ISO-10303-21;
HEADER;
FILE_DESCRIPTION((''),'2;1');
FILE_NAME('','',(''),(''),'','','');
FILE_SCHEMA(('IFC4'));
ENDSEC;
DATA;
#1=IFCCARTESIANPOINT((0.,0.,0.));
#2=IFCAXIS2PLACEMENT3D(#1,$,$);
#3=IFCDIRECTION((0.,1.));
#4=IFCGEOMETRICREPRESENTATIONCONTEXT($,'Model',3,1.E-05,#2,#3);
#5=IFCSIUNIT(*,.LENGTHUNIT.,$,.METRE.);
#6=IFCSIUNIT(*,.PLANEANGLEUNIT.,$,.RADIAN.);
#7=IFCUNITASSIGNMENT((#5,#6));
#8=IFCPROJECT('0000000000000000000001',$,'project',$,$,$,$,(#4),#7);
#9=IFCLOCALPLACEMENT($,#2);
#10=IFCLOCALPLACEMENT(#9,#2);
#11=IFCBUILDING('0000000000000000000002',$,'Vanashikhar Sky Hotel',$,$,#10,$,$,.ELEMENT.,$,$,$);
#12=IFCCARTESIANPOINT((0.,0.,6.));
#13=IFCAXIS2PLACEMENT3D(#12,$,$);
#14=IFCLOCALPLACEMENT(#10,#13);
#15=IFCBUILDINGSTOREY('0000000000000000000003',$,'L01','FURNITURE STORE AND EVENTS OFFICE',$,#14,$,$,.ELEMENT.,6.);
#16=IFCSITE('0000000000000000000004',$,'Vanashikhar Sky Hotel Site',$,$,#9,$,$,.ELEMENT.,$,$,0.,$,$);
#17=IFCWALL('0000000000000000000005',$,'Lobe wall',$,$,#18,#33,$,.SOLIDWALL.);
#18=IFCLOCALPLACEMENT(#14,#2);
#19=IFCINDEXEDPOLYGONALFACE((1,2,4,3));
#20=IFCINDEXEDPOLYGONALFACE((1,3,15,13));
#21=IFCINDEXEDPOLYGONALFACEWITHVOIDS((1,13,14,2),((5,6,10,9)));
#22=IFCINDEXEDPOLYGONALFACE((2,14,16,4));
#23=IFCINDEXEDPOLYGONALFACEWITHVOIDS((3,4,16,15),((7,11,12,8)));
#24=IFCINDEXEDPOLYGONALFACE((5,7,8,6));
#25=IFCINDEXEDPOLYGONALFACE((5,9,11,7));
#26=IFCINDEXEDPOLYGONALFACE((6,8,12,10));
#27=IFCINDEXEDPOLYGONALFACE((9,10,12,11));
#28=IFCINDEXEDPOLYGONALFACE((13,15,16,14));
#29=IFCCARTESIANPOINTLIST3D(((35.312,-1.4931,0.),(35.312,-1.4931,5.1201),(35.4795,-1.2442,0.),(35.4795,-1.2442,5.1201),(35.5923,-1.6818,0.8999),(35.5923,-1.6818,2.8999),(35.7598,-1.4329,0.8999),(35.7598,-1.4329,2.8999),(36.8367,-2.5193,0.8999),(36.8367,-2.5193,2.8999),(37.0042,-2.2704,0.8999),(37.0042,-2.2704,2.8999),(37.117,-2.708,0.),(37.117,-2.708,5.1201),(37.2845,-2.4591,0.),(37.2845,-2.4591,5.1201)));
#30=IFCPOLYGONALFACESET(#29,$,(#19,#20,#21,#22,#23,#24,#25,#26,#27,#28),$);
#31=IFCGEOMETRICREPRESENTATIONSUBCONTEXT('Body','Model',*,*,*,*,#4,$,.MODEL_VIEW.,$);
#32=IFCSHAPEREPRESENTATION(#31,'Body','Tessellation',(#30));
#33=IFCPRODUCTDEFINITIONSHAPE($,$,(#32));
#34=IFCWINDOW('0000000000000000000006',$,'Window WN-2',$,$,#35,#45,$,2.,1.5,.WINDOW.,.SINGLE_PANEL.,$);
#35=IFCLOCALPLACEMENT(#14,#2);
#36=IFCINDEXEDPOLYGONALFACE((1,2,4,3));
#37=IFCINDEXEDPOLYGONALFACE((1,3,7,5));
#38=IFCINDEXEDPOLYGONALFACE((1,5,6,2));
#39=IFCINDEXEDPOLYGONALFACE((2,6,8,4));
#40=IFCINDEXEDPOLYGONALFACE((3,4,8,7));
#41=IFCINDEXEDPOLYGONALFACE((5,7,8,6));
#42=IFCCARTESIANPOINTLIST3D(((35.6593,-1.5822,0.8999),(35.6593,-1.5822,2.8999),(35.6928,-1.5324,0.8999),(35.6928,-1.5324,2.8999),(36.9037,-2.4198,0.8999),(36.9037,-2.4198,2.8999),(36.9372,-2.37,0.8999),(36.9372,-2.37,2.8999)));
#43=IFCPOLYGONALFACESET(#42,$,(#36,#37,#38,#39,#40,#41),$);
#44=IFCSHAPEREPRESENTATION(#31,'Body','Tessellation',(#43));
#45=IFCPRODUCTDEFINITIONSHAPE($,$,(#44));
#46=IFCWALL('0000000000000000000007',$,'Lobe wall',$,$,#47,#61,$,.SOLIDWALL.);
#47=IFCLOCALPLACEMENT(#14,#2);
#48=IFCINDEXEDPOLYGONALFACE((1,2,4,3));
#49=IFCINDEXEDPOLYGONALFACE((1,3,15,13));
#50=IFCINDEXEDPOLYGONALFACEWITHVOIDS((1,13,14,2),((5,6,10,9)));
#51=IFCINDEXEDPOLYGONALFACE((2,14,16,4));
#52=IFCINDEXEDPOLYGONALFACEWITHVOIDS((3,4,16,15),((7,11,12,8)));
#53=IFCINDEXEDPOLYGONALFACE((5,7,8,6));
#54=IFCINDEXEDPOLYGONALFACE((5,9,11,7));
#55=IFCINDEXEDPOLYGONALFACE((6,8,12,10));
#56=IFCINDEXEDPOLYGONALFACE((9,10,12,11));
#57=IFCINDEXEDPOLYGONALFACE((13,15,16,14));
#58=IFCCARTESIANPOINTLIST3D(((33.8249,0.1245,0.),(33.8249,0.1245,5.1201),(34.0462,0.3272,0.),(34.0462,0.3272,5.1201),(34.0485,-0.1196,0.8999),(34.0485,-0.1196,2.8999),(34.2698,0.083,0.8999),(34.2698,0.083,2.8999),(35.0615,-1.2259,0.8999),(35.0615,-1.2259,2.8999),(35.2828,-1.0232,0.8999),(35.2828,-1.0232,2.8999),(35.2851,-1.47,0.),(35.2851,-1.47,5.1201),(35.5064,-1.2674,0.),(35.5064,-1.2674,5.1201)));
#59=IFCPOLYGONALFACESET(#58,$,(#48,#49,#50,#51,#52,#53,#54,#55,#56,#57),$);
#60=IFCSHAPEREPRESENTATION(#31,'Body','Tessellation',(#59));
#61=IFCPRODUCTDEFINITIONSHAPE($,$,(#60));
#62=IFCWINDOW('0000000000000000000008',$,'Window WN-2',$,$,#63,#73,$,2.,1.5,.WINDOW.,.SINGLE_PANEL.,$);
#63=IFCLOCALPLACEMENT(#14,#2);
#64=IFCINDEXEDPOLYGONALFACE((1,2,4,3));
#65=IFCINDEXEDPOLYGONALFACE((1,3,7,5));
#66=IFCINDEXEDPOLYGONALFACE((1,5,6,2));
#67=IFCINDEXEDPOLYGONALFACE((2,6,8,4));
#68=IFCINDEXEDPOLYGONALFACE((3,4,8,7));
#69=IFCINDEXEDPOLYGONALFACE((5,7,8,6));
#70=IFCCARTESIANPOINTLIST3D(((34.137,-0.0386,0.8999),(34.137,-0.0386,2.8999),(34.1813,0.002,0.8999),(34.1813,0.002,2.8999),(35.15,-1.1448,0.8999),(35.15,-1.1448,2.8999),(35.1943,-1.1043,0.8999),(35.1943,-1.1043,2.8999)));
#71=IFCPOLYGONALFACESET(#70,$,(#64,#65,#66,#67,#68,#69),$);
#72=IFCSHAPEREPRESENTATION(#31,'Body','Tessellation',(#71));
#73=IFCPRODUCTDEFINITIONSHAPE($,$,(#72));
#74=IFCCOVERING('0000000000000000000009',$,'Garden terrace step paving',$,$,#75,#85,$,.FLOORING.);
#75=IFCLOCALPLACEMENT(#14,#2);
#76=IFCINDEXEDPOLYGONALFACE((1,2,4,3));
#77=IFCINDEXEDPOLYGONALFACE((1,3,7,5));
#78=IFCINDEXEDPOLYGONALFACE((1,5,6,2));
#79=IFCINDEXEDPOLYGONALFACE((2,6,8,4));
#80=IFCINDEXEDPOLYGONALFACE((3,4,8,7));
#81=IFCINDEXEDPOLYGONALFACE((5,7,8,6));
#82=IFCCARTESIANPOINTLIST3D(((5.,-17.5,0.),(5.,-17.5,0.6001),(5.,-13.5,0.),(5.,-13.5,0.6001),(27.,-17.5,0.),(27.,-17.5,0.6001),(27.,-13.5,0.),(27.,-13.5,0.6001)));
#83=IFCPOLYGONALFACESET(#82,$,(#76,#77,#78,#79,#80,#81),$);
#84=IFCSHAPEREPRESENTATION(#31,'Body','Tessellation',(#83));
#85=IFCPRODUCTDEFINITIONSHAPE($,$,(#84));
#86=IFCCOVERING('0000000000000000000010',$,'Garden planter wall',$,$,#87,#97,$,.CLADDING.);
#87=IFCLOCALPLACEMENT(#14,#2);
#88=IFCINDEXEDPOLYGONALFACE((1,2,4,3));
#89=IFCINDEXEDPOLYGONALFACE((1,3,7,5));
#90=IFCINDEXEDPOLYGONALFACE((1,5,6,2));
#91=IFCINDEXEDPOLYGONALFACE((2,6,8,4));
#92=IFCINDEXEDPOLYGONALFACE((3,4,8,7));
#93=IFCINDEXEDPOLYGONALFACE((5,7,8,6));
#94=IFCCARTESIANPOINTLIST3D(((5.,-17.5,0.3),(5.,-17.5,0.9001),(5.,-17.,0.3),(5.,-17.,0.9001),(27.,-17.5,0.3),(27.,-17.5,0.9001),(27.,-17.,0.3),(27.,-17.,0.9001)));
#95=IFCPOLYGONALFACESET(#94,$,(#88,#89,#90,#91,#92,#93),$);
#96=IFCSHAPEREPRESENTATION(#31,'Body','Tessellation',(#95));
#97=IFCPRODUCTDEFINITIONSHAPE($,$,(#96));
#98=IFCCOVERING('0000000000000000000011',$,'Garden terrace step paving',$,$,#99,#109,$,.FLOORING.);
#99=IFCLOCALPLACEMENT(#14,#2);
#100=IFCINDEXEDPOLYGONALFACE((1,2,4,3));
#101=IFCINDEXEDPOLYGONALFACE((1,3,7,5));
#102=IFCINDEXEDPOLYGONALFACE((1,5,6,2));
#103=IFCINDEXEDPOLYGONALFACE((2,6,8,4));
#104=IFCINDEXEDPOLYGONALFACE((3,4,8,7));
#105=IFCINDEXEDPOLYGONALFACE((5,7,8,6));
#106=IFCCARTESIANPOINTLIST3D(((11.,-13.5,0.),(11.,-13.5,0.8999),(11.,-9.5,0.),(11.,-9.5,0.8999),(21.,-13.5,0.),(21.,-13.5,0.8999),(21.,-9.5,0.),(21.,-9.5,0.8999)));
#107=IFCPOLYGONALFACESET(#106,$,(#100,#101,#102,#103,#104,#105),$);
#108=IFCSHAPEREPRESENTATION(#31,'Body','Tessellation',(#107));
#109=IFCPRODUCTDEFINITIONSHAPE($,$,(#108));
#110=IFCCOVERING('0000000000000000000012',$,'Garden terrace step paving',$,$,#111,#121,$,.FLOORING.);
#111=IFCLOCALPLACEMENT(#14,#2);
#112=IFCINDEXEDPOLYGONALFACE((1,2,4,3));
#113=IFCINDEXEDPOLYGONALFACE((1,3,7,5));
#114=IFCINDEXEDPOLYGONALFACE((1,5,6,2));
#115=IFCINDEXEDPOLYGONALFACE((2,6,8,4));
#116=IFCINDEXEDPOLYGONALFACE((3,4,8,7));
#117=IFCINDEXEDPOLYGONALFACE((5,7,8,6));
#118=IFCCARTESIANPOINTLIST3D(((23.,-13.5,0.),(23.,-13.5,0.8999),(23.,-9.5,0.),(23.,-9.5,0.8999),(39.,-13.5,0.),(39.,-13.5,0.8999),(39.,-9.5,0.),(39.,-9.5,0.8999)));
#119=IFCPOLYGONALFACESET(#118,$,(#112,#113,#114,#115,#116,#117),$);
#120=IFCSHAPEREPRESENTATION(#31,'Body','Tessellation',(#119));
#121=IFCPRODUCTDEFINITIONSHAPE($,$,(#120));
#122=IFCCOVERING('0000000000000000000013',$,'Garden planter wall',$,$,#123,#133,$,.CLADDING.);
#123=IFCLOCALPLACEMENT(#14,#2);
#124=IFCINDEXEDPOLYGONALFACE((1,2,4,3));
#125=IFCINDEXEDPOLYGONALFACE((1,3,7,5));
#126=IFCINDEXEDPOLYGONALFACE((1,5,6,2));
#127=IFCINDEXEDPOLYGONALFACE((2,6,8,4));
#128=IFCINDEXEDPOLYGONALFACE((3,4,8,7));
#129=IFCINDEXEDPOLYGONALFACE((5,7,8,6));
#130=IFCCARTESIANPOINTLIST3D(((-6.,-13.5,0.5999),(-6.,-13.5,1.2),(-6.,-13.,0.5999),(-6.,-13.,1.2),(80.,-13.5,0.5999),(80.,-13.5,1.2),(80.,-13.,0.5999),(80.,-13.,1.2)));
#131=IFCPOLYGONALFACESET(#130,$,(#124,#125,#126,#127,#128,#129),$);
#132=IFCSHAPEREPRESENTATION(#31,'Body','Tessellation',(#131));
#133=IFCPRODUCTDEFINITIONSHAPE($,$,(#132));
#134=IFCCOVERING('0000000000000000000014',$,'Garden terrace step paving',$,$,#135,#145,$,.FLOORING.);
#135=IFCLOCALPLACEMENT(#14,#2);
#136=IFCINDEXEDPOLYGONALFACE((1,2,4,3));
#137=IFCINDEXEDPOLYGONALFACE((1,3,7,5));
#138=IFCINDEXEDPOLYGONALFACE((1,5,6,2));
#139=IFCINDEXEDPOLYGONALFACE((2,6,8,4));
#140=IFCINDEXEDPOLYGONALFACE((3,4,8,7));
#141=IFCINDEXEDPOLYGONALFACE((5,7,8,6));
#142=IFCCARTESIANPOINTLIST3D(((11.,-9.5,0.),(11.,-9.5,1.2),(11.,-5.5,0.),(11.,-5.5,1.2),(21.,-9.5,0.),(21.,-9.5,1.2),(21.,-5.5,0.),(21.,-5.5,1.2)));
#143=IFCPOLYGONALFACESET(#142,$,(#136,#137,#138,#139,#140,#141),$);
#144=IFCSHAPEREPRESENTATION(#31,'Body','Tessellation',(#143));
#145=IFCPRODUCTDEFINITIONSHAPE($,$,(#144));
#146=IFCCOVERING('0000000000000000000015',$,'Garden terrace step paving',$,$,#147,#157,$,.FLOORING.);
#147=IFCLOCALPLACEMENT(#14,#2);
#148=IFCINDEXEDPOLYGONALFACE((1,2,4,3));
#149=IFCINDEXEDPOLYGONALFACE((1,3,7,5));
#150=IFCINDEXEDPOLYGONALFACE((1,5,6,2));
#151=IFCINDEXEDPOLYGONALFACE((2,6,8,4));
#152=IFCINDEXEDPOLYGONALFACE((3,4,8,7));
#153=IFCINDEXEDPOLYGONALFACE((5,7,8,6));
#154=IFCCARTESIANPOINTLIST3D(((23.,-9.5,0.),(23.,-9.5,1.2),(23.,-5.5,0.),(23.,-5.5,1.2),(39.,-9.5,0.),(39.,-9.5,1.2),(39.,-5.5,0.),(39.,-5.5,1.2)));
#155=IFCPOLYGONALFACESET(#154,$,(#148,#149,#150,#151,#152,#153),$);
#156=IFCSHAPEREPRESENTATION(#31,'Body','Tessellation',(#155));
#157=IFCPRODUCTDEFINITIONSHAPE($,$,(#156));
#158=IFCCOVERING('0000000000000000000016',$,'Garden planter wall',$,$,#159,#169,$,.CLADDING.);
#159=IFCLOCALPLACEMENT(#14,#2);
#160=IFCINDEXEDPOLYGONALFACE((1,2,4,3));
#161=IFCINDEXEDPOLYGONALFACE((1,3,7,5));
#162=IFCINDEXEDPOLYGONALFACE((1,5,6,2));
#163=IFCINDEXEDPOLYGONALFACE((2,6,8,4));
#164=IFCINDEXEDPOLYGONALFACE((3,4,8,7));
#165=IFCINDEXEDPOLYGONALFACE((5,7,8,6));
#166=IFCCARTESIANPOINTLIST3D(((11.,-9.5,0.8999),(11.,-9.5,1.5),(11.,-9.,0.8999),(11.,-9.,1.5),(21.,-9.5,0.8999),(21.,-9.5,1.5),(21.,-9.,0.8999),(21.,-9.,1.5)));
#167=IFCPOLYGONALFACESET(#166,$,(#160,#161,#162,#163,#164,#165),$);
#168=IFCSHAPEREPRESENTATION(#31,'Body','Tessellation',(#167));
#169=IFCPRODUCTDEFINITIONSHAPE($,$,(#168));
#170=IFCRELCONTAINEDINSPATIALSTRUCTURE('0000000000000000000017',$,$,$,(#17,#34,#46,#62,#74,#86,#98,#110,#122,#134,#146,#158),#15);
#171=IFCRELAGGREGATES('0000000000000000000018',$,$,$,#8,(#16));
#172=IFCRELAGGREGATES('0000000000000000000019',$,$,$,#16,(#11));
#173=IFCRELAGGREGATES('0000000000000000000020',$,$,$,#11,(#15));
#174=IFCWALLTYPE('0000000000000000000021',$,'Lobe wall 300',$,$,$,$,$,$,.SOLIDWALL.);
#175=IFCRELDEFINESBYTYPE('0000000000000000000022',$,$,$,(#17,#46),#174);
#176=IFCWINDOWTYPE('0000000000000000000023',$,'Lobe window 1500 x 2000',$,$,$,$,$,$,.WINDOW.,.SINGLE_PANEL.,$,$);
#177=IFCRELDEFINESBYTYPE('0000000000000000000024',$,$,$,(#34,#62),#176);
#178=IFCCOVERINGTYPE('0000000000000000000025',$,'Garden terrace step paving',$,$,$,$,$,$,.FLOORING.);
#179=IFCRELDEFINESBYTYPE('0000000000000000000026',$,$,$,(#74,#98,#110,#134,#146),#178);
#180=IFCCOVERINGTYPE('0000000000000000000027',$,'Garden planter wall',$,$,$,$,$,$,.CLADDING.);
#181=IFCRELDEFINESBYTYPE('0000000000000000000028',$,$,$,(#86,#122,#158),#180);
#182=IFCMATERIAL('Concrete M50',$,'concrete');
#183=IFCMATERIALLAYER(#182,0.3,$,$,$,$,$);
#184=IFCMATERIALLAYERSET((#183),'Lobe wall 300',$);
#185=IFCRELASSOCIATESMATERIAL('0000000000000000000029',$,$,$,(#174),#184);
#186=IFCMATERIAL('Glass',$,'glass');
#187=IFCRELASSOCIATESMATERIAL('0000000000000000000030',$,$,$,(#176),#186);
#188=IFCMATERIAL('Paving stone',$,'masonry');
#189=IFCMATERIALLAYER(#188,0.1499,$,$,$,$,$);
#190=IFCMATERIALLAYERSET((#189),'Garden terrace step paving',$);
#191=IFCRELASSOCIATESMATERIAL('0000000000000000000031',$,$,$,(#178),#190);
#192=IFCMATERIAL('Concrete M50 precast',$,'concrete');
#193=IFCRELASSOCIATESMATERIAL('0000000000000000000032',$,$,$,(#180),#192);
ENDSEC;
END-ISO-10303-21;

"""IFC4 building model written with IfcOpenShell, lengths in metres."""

from ifc_helpers import new_model, si_unit, direction, frame, frame_2d, origin, origin_2d, place, context, subcontext, project, spatial, rectangle, extrude, source, transform, mapped, material, layer, layer_set, type_object, element, fill, save


model = new_model("IFC4")

# Units and contexts
model_context = context("Model", 3, precision=1e-05, world=origin(), true_north=direction((0.0, 1.0)))
body_context = subcontext(model_context, "Body", "Model", "MODEL_VIEW")
ifc_project = project(units=[si_unit("LENGTHUNIT", "METRE"), si_unit("PLANEANGLEUNIT", "RADIAN")], contexts=[model_context])

# Site, building, storey
site_placement = place(None, origin())
site = spatial("IfcSite", under=ifc_project, at=site_placement, Name="Vanashikhar Sky Hotel Site", CompositionType="ELEMENT", RefElevation=0.0)
building_placement = place(site_placement, origin())
building = spatial("IfcBuilding", under=site, at=building_placement, Name="Vanashikhar Sky Hotel", CompositionType="ELEMENT")
storey_placement = place(building_placement, frame((0.0, 0.0, 6.0)))
storey = spatial("IfcBuildingStorey", under=building, at=storey_placement, Name="L01", Description="FURNITURE STORE AND EVENTS OFFICE", CompositionType="ELEMENT", Elevation=6.0)

# Shared definitions
ifc_material_1 = material(Name="Concrete M50", Category="concrete")

# Shared definitions
ifc_material_2 = material(Name="Glass", Category="glass")

# Walls, openings, windows
ifc_layer_1 = layer(ifc_material_1, 0.3)
ifc_layer_set_1 = layer_set([ifc_layer_1], Name="Lobe wall 300")
wall_type_1 = type_object("IfcWallType", Name="Lobe wall 300", PredefinedType="SOLIDWALL", material=ifc_layer_set_1)
shared_shape_1 = source(origin(), body_context, "Body", "SweptSolid", [
    extrude(rectangle(XDim=2.1758, YDim=0.3, at=frame_2d((1.0879, 0.0))), origin(), (0.0, 0.0, 1.0), 5.1201),
])
wall_1_placement = place(storey_placement, frame((35.3958, -1.3687, 0.0), z_axis=(0.0, 0.0, 1.0), x_axis=(0.829591, -0.558372, 0.0)))
wall_1 = element("IfcWall", 1, at=wall_1_placement, inside=storey, type_object=wall_type_1, Name="Lobe wall", PredefinedType="SOLIDWALL", context=body_context, shape_type="MappedRepresentation", body=[
    mapped(shared_shape_1, transform((0.0, 0.0, 0.0), scale=1.0)),
])
shared_shape_2 = source(origin(), body_context, "Body", "SweptSolid", [
    extrude(rectangle(XDim=1.5, YDim=2.0, at=frame_2d((0.75, 1.0))), frame((0.0, 0.1602, 0.0), z_axis=(0.0, -1.0, 0.0), x_axis=(1.0, 0.0, 0.0)), (0.0, 0.0, 1.0), 0.3201),
])
opening_1_placement = place(wall_1_placement, frame((0.3379, 0.0, 0.8999)))
opening_1 = element("IfcOpeningElement", 2, at=opening_1_placement, cuts=wall_1, PredefinedType="OPENING", context=body_context, shape_type="MappedRepresentation", body=[
    mapped(shared_shape_2, transform((0.0, 0.0, 0.0), scale=1.0)),
])
window_type = type_object("IfcWindowType", Name="Lobe window 1500 x 2000", PartitioningType="SINGLE_PANEL", PredefinedType="WINDOW", material=ifc_material_2)
shared_shape_3 = source(origin(), body_context, "Body", "SweptSolid", [
    extrude(rectangle(XDim=1.5, YDim=2.0, at=frame_2d((0.75, 1.0))), frame((0.0, 0.03, 0.0), z_axis=(0.0, -1.0, 0.0), x_axis=(1.0, 0.0, 0.0)), (0.0, 0.0, 1.0), 0.0601),
])
window_1_placement = place(opening_1_placement, origin())
window_1 = element("IfcWindow", 3, at=window_1_placement, inside=storey, type_object=window_type, Name="Window WN-2", OverallHeight=2.0, OverallWidth=1.5, PartitioningType="SINGLE_PANEL", PredefinedType="WINDOW", context=body_context, shape_type="MappedRepresentation", body=[
    mapped(shared_shape_3, transform((0.0, 0.0, 0.0), scale=1.0)),
])
fill(opening_1, window_1)
shared_shape_4 = source(origin(), body_context, "Body", "SweptSolid", [
    extrude(rectangle(XDim=2.1621, YDim=0.3, at=frame_2d((1.0811, 0.0))), origin(), (0.0, 0.0, 1.0), 5.1201),
])
wall_2_placement = place(storey_placement, frame((33.9355, 0.2258, 0.0), z_axis=(0.0, 0.0, 1.0), x_axis=(0.675372, -0.737477, 0.0)))
wall_2 = element("IfcWall", 4, at=wall_2_placement, inside=storey, type_object=wall_type_1, Name="Lobe wall", PredefinedType="SOLIDWALL", context=body_context, shape_type="MappedRepresentation", body=[
    mapped(shared_shape_4, transform((0.0, 0.0, 0.0), scale=1.0)),
])
opening_2_placement = place(wall_2_placement, frame((0.3311, 0.0, 0.8999)))
opening_2 = element("IfcOpeningElement", 5, at=opening_2_placement, cuts=wall_2, PredefinedType="OPENING", context=body_context, shape_type="MappedRepresentation", body=[
    mapped(shared_shape_2, transform((0.0, 0.0, 0.0), scale=1.0)),
])
window_2_placement = place(opening_2_placement, origin())
window_2 = element("IfcWindow", 6, at=window_2_placement, inside=storey, type_object=window_type, Name="Window WN-2", OverallHeight=2.0, OverallWidth=1.5, PartitioningType="SINGLE_PANEL", PredefinedType="WINDOW", context=body_context, shape_type="MappedRepresentation", body=[
    mapped(shared_shape_3, transform((0.0, 0.0, 0.0), scale=1.0)),
])
fill(opening_2, window_2)

# Coverings
ifc_material_3 = material(Name="Paving stone", Category="masonry")
ifc_layer_2 = layer(ifc_material_3, 0.1499)
ifc_layer_set_2 = layer_set([ifc_layer_2], Name="Garden terrace step paving")
covering_type_1 = type_object("IfcCoveringType", Name="Garden terrace step paving", PredefinedType="FLOORING", material=ifc_layer_set_2)
shared_shape_5 = source(origin(), body_context, "Body", "SweptSolid", [
    extrude(rectangle(XDim=22.0, YDim=4.0, at=origin_2d()), origin(), (0.0, 0.0, 1.0), 0.6001),
])
covering_1_placement = place(storey_placement, frame((16.0, -15.5, 0.0), z_axis=(0.0, 0.0, 1.0), x_axis=(1.0, 0.0, 0.0)))
element("IfcCovering", 7, at=covering_1_placement, inside=storey, type_object=covering_type_1, Name="Garden terrace step paving", PredefinedType="FLOORING", context=body_context, shape_type="MappedRepresentation", body=[
    mapped(shared_shape_5, transform((0.0, 0.0, 0.0), scale=1.0)),
])
ifc_material_4 = material(Name="Concrete M50 precast", Category="concrete")
covering_type_2 = type_object("IfcCoveringType", Name="Garden planter wall", PredefinedType="CLADDING", material=ifc_material_4)
shared_shape_6 = source(origin(), body_context, "Body", "SweptSolid", [
    extrude(rectangle(XDim=22.0, YDim=0.5, at=origin_2d()), origin(), (0.0, 0.0, 1.0), 0.6001),
])
covering_2_placement = place(storey_placement, frame((16.0, -17.25, 0.3), z_axis=(0.0, 0.0, 1.0), x_axis=(1.0, 0.0, 0.0)))
element("IfcCovering", 8, at=covering_2_placement, inside=storey, type_object=covering_type_2, Name="Garden planter wall", PredefinedType="CLADDING", context=body_context, shape_type="MappedRepresentation", body=[
    mapped(shared_shape_6, transform((0.0, 0.0, 0.0), scale=1.0)),
])
shared_shape_7 = source(origin(), body_context, "Body", "SweptSolid", [
    extrude(rectangle(XDim=10.0, YDim=4.0, at=origin_2d()), origin(), (0.0, 0.0, 1.0), 0.8999),
])
covering_3_placement = place(storey_placement, frame((16.0, -11.5, 0.0), z_axis=(0.0, 0.0, 1.0), x_axis=(1.0, 0.0, 0.0)))
element("IfcCovering", 9, at=covering_3_placement, inside=storey, type_object=covering_type_1, Name="Garden terrace step paving", PredefinedType="FLOORING", context=body_context, shape_type="MappedRepresentation", body=[
    mapped(shared_shape_7, transform((0.0, 0.0, 0.0), scale=1.0)),
])
shared_shape_8 = source(origin(), body_context, "Body", "SweptSolid", [
    extrude(rectangle(XDim=16.0, YDim=4.0, at=origin_2d()), origin(), (0.0, 0.0, 1.0), 0.8999),
])
covering_4_placement = place(storey_placement, frame((31.0, -11.5, 0.0), z_axis=(0.0, 0.0, 1.0), x_axis=(1.0, 0.0, 0.0)))
element("IfcCovering", 10, at=covering_4_placement, inside=storey, type_object=covering_type_1, Name="Garden terrace step paving", PredefinedType="FLOORING", context=body_context, shape_type="MappedRepresentation", body=[
    mapped(shared_shape_8, transform((0.0, 0.0, 0.0), scale=1.0)),
])
shared_shape_9 = source(origin(), body_context, "Body", "SweptSolid", [
    extrude(rectangle(XDim=86.0, YDim=0.5, at=origin_2d()), origin(), (0.0, 0.0, 1.0), 0.6001),
])
covering_5_placement = place(storey_placement, frame((37.0, -13.25, 0.5999), z_axis=(0.0, 0.0, 1.0), x_axis=(1.0, 0.0, 0.0)))
element("IfcCovering", 11, at=covering_5_placement, inside=storey, type_object=covering_type_2, Name="Garden planter wall", PredefinedType="CLADDING", context=body_context, shape_type="MappedRepresentation", body=[
    mapped(shared_shape_9, transform((0.0, 0.0, 0.0), scale=1.0)),
])
shared_shape_10 = source(origin(), body_context, "Body", "SweptSolid", [
    extrude(rectangle(XDim=10.0, YDim=4.0, at=origin_2d()), origin(), (0.0, 0.0, 1.0), 1.2),
])
covering_6_placement = place(storey_placement, frame((16.0, -7.5, 0.0), z_axis=(0.0, 0.0, 1.0), x_axis=(1.0, 0.0, 0.0)))
element("IfcCovering", 12, at=covering_6_placement, inside=storey, type_object=covering_type_1, Name="Garden terrace step paving", PredefinedType="FLOORING", context=body_context, shape_type="MappedRepresentation", body=[
    mapped(shared_shape_10, transform((0.0, 0.0, 0.0), scale=1.0)),
])
shared_shape_11 = source(origin(), body_context, "Body", "SweptSolid", [
    extrude(rectangle(XDim=16.0, YDim=4.0, at=origin_2d()), origin(), (0.0, 0.0, 1.0), 1.2),
])
covering_7_placement = place(storey_placement, frame((31.0, -7.5, 0.0), z_axis=(0.0, 0.0, 1.0), x_axis=(1.0, 0.0, 0.0)))
element("IfcCovering", 13, at=covering_7_placement, inside=storey, type_object=covering_type_1, Name="Garden terrace step paving", PredefinedType="FLOORING", context=body_context, shape_type="MappedRepresentation", body=[
    mapped(shared_shape_11, transform((0.0, 0.0, 0.0), scale=1.0)),
])
shared_shape_12 = source(origin(), body_context, "Body", "SweptSolid", [
    extrude(rectangle(XDim=10.0, YDim=0.5, at=origin_2d()), origin(), (0.0, 0.0, 1.0), 0.6001),
])
covering_8_placement = place(storey_placement, frame((16.0, -9.25, 0.8999), z_axis=(0.0, 0.0, 1.0), x_axis=(1.0, 0.0, 0.0)))
element("IfcCovering", 14, at=covering_8_placement, inside=storey, type_object=covering_type_2, Name="Garden planter wall", PredefinedType="CLADDING", context=body_context, shape_type="MappedRepresentation", body=[
    mapped(shared_shape_12, transform((0.0, 0.0, 0.0), scale=1.0)),
])

save(model, "model.ifc")
